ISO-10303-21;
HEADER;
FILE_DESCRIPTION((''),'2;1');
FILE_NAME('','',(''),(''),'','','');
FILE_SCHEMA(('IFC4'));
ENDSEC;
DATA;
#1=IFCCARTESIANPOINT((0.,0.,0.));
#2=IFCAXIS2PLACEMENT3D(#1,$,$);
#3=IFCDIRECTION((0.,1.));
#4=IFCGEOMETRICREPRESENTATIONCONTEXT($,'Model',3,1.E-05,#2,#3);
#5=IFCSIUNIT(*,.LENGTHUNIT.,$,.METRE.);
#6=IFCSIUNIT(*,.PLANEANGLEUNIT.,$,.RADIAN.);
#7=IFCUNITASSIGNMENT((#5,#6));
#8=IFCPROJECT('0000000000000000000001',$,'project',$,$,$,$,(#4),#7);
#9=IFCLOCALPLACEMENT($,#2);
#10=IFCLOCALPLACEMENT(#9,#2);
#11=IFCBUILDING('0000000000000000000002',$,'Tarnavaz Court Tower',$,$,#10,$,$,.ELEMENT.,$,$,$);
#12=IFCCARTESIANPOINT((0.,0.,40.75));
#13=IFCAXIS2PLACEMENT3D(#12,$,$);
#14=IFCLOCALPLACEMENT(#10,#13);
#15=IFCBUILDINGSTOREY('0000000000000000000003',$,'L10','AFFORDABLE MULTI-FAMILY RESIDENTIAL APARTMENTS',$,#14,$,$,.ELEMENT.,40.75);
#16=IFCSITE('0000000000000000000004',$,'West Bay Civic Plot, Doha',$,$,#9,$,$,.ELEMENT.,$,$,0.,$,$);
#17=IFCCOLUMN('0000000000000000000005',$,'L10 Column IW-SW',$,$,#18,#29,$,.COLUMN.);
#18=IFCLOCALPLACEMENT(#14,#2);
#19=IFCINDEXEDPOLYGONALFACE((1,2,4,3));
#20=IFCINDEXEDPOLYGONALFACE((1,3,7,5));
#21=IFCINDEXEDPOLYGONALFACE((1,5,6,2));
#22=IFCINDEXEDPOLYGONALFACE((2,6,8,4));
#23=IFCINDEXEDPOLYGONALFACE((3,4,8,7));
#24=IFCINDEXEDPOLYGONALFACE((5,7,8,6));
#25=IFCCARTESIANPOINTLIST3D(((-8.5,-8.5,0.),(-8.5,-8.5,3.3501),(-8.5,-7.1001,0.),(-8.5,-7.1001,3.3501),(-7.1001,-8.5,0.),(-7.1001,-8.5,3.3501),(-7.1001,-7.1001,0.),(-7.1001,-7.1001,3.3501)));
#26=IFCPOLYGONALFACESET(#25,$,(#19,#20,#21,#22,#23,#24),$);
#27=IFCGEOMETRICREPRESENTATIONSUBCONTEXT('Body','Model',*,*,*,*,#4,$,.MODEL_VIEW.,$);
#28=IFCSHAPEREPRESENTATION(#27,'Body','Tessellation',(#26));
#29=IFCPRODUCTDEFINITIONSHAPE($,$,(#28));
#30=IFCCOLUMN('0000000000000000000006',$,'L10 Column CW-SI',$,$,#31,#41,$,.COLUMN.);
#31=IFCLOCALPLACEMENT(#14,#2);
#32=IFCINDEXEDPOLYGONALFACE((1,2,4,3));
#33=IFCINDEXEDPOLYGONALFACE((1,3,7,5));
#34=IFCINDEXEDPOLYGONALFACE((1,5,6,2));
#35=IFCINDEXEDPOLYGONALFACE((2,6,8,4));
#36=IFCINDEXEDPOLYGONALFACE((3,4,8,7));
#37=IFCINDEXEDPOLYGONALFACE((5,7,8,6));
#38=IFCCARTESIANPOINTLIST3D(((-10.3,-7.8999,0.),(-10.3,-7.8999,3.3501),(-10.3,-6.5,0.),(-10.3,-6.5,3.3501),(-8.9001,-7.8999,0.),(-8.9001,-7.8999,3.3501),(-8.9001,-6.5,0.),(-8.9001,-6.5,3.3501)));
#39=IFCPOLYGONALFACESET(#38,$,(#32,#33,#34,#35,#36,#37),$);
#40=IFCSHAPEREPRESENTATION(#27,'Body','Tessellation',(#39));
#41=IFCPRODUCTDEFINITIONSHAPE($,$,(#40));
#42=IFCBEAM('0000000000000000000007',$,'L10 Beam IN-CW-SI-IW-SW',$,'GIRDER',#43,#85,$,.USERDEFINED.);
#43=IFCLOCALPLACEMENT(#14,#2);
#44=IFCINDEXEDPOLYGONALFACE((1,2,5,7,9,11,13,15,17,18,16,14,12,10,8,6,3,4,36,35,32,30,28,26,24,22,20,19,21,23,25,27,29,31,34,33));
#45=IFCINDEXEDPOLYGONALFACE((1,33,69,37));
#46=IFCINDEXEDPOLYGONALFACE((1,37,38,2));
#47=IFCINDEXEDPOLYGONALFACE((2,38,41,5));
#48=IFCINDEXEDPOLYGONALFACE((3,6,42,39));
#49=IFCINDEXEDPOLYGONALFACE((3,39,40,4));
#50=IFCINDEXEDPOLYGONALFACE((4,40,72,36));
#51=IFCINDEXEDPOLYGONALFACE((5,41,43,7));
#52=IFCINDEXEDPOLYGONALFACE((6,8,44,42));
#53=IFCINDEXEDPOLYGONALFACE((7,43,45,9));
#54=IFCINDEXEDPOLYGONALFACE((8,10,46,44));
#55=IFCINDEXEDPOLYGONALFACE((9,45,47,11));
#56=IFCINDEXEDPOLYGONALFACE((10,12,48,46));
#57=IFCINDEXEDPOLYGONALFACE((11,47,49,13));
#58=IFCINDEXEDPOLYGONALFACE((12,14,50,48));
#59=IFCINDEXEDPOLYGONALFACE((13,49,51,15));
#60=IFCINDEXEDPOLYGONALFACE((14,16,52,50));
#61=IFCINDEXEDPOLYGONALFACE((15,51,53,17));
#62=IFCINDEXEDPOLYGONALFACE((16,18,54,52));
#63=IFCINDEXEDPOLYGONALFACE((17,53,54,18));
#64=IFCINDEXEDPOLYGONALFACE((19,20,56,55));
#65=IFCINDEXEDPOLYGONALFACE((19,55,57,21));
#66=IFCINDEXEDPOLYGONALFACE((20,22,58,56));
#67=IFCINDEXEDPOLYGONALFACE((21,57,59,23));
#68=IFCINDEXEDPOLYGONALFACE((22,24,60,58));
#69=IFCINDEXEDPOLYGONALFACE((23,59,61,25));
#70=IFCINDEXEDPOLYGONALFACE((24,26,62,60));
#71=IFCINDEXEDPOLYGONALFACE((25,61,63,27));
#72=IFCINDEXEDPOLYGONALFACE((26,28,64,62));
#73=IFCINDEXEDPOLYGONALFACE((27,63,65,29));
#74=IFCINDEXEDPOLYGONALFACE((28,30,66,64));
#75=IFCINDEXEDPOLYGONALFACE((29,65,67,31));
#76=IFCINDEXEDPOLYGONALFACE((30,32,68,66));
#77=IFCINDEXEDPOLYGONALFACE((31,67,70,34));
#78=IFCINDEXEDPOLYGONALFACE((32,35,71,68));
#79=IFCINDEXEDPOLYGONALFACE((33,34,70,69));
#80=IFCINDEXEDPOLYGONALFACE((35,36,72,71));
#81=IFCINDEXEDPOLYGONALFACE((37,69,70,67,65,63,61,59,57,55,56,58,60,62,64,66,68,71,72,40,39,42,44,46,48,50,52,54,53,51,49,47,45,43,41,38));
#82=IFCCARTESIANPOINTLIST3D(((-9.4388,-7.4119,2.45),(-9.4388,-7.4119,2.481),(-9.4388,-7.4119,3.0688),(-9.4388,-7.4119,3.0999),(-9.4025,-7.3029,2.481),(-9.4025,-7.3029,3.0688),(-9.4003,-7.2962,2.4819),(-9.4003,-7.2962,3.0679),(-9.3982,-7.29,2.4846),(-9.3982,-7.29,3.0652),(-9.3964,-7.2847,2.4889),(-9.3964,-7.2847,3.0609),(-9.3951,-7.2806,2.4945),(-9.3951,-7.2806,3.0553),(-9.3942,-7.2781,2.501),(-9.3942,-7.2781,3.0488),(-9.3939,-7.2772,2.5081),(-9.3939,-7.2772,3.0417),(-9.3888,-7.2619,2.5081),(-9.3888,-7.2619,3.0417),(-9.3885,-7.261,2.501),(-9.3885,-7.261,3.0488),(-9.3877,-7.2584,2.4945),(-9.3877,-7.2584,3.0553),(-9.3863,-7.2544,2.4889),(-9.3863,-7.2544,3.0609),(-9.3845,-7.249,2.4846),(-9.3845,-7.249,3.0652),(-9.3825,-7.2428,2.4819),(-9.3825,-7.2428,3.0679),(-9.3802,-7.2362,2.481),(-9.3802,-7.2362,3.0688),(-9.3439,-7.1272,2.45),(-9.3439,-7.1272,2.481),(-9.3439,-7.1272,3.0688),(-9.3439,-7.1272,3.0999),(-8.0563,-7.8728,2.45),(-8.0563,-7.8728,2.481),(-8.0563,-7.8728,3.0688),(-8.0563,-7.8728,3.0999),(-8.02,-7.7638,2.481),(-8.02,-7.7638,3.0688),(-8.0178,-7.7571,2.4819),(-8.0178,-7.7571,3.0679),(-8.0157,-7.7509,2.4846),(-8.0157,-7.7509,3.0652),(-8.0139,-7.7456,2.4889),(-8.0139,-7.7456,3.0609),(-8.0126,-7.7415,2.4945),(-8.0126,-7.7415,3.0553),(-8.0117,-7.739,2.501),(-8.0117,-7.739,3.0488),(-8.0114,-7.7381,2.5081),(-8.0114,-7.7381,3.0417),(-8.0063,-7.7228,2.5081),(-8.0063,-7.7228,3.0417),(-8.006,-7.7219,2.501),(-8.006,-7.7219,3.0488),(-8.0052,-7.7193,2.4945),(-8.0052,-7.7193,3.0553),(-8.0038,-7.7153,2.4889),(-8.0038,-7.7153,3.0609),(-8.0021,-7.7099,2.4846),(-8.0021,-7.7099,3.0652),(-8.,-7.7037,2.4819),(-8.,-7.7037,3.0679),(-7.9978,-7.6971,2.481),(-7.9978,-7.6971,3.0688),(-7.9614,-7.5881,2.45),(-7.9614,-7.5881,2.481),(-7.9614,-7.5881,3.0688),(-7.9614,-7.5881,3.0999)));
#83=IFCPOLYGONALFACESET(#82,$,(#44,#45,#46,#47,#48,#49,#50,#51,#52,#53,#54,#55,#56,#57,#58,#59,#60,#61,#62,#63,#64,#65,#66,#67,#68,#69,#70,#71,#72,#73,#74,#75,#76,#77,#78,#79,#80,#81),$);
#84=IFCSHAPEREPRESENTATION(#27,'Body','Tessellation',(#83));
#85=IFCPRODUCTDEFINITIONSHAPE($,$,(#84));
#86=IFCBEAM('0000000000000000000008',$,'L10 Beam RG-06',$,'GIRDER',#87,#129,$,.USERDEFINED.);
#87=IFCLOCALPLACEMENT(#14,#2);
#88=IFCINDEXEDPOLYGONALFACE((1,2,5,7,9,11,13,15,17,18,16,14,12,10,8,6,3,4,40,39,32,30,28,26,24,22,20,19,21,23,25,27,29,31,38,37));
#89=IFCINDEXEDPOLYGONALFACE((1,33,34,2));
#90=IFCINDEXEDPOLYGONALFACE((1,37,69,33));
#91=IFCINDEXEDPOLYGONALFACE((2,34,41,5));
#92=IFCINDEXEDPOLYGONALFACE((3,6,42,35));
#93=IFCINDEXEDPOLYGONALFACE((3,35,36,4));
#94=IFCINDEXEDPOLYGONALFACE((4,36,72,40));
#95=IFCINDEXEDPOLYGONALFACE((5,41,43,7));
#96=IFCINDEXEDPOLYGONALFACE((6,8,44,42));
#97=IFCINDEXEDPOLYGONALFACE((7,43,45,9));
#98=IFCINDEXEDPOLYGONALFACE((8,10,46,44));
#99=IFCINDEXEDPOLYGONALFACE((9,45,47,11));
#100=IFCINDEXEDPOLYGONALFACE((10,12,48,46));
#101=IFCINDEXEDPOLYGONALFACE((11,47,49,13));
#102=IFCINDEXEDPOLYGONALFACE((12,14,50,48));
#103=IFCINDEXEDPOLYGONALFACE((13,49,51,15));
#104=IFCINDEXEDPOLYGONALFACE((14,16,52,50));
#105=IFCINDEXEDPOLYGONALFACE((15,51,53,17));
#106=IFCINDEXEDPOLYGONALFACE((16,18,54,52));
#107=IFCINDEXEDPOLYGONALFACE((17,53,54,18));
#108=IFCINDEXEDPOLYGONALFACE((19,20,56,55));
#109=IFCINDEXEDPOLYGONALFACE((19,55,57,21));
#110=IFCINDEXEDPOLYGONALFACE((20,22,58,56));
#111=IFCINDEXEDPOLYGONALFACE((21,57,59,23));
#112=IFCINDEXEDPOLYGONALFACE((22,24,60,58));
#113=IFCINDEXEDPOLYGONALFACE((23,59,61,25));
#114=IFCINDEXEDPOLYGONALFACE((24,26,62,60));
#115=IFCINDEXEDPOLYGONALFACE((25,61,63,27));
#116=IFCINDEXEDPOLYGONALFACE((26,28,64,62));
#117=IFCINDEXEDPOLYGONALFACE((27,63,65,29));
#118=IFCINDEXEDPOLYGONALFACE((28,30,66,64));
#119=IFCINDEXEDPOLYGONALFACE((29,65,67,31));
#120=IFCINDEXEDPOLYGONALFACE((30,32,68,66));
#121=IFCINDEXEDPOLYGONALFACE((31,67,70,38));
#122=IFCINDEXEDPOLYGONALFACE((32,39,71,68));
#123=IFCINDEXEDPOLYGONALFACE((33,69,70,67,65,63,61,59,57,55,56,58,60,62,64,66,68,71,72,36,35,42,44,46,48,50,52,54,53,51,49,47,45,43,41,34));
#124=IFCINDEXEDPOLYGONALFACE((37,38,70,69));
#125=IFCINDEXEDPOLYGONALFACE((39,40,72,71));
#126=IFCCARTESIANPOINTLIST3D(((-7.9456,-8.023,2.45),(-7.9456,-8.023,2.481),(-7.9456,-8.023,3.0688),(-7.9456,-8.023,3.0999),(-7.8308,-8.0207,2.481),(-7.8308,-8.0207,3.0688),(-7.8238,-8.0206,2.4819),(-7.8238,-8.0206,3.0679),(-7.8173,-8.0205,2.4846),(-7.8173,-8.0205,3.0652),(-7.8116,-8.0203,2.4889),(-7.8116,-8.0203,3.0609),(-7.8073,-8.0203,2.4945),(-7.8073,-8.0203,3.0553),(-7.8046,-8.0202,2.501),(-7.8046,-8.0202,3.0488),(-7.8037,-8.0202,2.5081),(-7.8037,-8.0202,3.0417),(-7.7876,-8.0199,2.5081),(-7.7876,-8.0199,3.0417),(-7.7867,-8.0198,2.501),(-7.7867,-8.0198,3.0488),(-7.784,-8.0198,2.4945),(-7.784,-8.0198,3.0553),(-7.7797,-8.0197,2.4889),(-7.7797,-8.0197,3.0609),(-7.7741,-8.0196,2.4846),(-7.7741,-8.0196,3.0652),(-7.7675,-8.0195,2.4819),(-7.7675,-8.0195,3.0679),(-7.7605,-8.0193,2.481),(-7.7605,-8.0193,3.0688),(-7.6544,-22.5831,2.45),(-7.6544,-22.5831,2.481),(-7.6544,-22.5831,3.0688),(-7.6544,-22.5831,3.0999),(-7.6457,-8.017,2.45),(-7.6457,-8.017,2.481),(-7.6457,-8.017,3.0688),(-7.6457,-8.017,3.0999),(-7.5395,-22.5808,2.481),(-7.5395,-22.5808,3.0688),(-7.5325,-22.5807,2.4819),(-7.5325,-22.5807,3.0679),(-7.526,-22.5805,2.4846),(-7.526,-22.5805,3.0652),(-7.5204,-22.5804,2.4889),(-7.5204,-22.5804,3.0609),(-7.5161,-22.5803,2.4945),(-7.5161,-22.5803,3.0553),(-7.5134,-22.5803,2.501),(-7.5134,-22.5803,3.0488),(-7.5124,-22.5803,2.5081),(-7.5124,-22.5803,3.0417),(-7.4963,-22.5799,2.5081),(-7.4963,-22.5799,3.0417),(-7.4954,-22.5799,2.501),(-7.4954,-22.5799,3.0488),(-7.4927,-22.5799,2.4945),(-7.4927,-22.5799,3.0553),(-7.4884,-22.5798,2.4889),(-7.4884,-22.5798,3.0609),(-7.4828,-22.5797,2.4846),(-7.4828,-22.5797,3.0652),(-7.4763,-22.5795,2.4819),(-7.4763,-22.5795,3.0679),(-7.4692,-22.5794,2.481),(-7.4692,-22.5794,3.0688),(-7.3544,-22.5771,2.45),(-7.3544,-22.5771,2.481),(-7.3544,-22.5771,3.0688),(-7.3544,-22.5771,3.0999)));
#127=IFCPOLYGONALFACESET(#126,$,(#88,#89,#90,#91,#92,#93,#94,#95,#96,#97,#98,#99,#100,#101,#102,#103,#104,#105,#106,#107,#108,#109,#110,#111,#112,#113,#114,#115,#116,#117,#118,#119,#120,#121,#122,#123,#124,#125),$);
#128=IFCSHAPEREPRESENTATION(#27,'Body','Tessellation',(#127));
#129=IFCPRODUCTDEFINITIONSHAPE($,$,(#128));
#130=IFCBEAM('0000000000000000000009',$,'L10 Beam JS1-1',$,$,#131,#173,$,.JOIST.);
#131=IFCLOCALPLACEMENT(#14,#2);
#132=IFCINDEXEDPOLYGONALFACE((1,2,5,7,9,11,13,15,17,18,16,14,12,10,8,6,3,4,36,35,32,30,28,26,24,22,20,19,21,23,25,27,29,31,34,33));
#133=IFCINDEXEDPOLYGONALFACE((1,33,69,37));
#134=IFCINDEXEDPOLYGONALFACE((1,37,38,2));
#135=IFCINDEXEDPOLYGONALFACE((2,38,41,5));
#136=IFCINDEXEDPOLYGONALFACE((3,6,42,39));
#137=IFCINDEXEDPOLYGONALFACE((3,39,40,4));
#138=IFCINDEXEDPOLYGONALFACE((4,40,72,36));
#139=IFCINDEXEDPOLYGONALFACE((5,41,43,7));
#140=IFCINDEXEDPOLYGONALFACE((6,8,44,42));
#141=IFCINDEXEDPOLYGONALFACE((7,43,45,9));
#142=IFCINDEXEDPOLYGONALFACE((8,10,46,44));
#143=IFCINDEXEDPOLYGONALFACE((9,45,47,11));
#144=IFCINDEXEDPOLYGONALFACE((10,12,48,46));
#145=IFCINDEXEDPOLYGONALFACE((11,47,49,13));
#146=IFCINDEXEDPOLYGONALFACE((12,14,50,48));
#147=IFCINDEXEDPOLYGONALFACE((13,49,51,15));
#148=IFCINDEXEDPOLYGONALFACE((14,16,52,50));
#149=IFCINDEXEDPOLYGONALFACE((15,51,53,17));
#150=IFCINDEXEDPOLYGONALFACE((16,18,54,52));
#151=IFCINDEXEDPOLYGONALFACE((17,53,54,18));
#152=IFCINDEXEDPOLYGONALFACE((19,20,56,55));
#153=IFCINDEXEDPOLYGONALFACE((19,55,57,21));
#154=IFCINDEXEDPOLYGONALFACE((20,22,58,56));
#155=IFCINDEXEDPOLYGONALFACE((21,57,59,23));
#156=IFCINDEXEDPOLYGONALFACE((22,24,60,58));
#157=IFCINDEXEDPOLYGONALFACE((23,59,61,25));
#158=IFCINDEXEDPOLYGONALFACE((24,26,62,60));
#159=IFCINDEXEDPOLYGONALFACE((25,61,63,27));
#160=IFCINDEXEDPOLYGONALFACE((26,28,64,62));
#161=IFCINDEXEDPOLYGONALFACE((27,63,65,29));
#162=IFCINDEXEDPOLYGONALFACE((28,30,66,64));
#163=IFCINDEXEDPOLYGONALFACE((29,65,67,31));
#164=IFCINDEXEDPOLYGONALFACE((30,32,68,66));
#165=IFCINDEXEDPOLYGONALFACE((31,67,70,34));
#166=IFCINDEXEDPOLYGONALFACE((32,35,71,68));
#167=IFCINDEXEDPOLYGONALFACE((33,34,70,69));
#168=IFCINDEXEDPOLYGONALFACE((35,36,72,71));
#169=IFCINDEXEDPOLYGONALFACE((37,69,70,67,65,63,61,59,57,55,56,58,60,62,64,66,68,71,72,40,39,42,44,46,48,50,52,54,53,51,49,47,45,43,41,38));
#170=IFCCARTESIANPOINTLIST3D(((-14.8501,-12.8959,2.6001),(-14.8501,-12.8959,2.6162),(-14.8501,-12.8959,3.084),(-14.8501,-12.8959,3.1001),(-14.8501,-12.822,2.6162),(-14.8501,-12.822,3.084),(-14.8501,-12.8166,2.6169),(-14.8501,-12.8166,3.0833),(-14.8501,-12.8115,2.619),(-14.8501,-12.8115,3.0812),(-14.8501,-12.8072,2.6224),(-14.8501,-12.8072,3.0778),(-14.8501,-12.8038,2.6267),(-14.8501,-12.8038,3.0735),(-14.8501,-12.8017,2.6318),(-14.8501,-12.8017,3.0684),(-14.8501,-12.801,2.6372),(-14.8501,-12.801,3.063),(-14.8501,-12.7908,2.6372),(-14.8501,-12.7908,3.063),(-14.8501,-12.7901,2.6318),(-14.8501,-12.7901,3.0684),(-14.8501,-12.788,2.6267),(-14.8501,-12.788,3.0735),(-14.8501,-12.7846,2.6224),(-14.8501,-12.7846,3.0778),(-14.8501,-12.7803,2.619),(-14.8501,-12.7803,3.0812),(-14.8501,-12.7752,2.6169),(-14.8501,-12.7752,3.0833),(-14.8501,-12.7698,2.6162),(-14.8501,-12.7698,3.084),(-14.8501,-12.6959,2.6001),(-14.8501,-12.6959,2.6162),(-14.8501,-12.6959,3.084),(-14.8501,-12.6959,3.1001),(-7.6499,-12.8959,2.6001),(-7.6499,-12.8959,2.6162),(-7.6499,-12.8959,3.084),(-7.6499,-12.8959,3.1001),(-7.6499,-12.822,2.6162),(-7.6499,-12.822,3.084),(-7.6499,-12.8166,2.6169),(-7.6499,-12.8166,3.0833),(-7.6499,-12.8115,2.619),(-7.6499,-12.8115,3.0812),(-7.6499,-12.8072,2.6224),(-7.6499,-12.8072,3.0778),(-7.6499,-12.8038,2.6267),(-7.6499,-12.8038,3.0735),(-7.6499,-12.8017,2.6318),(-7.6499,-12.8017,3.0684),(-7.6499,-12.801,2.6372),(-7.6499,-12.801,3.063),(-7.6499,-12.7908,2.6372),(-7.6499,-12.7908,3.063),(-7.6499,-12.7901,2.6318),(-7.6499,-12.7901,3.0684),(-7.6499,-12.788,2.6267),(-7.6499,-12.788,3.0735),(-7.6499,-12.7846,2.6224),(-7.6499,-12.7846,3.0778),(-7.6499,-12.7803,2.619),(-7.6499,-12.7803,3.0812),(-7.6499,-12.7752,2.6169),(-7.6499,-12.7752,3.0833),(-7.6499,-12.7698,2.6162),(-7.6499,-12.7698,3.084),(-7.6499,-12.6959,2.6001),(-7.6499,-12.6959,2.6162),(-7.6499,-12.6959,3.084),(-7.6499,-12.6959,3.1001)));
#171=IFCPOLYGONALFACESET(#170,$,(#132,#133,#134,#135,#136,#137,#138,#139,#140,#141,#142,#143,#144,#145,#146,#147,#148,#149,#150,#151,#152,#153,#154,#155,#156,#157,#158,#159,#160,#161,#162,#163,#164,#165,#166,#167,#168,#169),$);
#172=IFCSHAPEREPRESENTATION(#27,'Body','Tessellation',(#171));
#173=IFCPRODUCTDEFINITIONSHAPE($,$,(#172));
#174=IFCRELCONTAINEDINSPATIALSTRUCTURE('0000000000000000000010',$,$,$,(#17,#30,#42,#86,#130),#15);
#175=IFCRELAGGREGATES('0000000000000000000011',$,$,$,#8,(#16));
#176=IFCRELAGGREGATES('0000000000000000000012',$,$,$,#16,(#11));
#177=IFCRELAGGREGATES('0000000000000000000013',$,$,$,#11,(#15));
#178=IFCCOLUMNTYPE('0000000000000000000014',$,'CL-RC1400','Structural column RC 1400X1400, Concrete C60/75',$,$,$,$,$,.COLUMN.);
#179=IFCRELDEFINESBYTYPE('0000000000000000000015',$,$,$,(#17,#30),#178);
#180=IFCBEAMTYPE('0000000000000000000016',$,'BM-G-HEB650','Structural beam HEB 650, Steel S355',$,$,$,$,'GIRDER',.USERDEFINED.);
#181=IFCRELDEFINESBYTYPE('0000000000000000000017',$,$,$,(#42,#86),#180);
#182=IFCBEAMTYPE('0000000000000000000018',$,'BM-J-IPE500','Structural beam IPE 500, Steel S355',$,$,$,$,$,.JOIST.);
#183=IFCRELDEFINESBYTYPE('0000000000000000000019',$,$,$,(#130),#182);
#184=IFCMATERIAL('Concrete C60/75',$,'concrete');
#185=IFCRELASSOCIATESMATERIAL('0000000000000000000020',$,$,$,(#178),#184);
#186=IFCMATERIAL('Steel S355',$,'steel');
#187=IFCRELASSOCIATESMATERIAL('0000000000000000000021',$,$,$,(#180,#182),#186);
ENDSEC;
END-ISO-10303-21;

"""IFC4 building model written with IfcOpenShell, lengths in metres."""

from ifc_helpers import new_model, si_unit, direction, frame, origin, origin_2d, place, context, subcontext, project, spatial, rectangle, i_section, extrude, material, material_profile, profile_set, type_object, element, save


model = new_model("IFC4")

# Units and contexts
model_context = context("Model", 3, precision=1e-05, world=origin(), true_north=direction((0.0, 1.0)))
body_context = subcontext(model_context, "Body", "Model", "MODEL_VIEW")
ifc_project = project(units=[si_unit("LENGTHUNIT", "METRE"), si_unit("PLANEANGLEUNIT", "RADIAN")], contexts=[model_context])

# Site, building, storey
site_placement = place(None, origin())
site = spatial("IfcSite", under=ifc_project, at=site_placement, Name="West Bay Civic Plot, Doha", CompositionType="ELEMENT", RefElevation=0.0)
building_placement = place(site_placement, origin())
building = spatial("IfcBuilding", under=site, at=building_placement, Name="Tarnavaz Court Tower", CompositionType="ELEMENT")
storey_placement = place(building_placement, frame((0.0, 0.0, 40.75)))
storey = spatial("IfcBuildingStorey", under=building, at=storey_placement, Name="L10", Description="AFFORDABLE MULTI-FAMILY RESIDENTIAL APARTMENTS", CompositionType="ELEMENT", Elevation=40.75)

# Columns
ifc_material_1 = material(Name="Concrete C60/75", Category="concrete")
ifc_material_profile_1 = material_profile(ifc_material_1, rectangle(XDim=1.3999, YDim=1.3999, at=origin_2d()), Name="RC 1400X1400")
ifc_profile_set_1 = profile_set([ifc_material_profile_1], Name="Concrete C60/75")
column_type = type_object("IfcColumnType", Name="CL-RC1400", Description="Structural column RC 1400X1400, Concrete C60/75", PredefinedType="COLUMN", material=ifc_profile_set_1)
for number, where, z_axis, x_axis, name in (
    (1, (-7.8, -7.8, 0.0), (0.0, 0.0, 1.0), (1.0, 0.0, 0.0), "L10 Column IW-SW"),
    (2, (-9.6001, -7.2, 0.0), (0.0, 0.0, 1.0), (1.0, 0.0, 0.0), "L10 Column CW-SI"),
):
    element("IfcColumn", number, at=place(storey_placement, frame(where, z_axis=z_axis, x_axis=x_axis)), inside=storey, type_object=column_type, Name=name, PredefinedType="COLUMN", context=body_context, shape_type="SweptSolid", body=[
        extrude(rectangle(XDim=1.3999, YDim=1.3999, at=origin_2d()), origin(), (0.0, 0.0, 1.0), 3.3501),
    ])

# Beams
ifc_material_2 = material(Name="Steel S355", Category="steel")
ifc_material_profile_2 = material_profile(ifc_material_2, i_section(OverallWidth=0.3, OverallDepth=0.6499, WebThickness=0.0161, FlangeThickness=0.031, FilletRadius=0.0271, at=origin_2d()), Name="HEB 650")
ifc_profile_set_2 = profile_set([ifc_material_profile_2], Name="Steel S355")
beam_type_1 = type_object("IfcBeamType", Name="BM-G-HEB650", Description="Structural beam HEB 650, Steel S355", ElementType="GIRDER", PredefinedType="USERDEFINED", material=ifc_profile_set_2)
beam_1_placement = place(storey_placement, frame((-9.3914, -7.2695, 2.7749), z_axis=(0.948667, -0.316278, 0.0), x_axis=(0.316278, 0.948667, 0.0)))
element("IfcBeam", 3, at=beam_1_placement, inside=storey, type_object=beam_type_1, Name="L10 Beam IN-CW-SI-IW-SW", ObjectType="GIRDER", PredefinedType="USERDEFINED", context=body_context, shape_type="SweptSolid", body=[
    extrude(i_section(OverallWidth=0.3, OverallDepth=0.6499, WebThickness=0.0161, FlangeThickness=0.031, FilletRadius=0.0271, at=origin_2d()), origin(), (0.0, 0.0, 1.0), 1.4573),
])
beam_2_placement = place(storey_placement, frame((-7.7957, -8.02, 2.7749), z_axis=(0.02, -0.9998, 0.0), x_axis=(0.9998, 0.02, 0.0)))
element("IfcBeam", 4, at=beam_2_placement, inside=storey, type_object=beam_type_1, Name="L10 Beam RG-06", ObjectType="GIRDER", PredefinedType="USERDEFINED", context=body_context, shape_type="SweptSolid", body=[
    extrude(i_section(OverallWidth=0.3, OverallDepth=0.6499, WebThickness=0.0161, FlangeThickness=0.031, FilletRadius=0.0271, at=origin_2d()), origin(), (0.0, 0.0, 1.0), 14.563),
])
ifc_material_profile_3 = material_profile(ifc_material_2, i_section(OverallWidth=0.2, OverallDepth=0.5, WebThickness=0.0103, FlangeThickness=0.0161, FilletRadius=0.021, at=origin_2d()), Name="IPE 500")
ifc_profile_set_3 = profile_set([ifc_material_profile_3], Name="Steel S355")
beam_type_2 = type_object("IfcBeamType", Name="BM-J-IPE500", Description="Structural beam IPE 500, Steel S355", PredefinedType="JOIST", material=ifc_profile_set_3)
beam_3_placement = place(storey_placement, frame((-14.8501, -12.7959, 2.8501), z_axis=(1.0, 0.0, 0.0), x_axis=(0.0, 1.0, 0.0)))
element("IfcBeam", 5, at=beam_3_placement, inside=storey, type_object=beam_type_2, Name="L10 Beam JS1-1", PredefinedType="JOIST", context=body_context, shape_type="SweptSolid", body=[
    extrude(i_section(OverallWidth=0.2, OverallDepth=0.5, WebThickness=0.0103, FlangeThickness=0.0161, FilletRadius=0.021, at=origin_2d()), origin(), (0.0, 0.0, 1.0), 7.2002),
])

save(model, "model.ifc")
